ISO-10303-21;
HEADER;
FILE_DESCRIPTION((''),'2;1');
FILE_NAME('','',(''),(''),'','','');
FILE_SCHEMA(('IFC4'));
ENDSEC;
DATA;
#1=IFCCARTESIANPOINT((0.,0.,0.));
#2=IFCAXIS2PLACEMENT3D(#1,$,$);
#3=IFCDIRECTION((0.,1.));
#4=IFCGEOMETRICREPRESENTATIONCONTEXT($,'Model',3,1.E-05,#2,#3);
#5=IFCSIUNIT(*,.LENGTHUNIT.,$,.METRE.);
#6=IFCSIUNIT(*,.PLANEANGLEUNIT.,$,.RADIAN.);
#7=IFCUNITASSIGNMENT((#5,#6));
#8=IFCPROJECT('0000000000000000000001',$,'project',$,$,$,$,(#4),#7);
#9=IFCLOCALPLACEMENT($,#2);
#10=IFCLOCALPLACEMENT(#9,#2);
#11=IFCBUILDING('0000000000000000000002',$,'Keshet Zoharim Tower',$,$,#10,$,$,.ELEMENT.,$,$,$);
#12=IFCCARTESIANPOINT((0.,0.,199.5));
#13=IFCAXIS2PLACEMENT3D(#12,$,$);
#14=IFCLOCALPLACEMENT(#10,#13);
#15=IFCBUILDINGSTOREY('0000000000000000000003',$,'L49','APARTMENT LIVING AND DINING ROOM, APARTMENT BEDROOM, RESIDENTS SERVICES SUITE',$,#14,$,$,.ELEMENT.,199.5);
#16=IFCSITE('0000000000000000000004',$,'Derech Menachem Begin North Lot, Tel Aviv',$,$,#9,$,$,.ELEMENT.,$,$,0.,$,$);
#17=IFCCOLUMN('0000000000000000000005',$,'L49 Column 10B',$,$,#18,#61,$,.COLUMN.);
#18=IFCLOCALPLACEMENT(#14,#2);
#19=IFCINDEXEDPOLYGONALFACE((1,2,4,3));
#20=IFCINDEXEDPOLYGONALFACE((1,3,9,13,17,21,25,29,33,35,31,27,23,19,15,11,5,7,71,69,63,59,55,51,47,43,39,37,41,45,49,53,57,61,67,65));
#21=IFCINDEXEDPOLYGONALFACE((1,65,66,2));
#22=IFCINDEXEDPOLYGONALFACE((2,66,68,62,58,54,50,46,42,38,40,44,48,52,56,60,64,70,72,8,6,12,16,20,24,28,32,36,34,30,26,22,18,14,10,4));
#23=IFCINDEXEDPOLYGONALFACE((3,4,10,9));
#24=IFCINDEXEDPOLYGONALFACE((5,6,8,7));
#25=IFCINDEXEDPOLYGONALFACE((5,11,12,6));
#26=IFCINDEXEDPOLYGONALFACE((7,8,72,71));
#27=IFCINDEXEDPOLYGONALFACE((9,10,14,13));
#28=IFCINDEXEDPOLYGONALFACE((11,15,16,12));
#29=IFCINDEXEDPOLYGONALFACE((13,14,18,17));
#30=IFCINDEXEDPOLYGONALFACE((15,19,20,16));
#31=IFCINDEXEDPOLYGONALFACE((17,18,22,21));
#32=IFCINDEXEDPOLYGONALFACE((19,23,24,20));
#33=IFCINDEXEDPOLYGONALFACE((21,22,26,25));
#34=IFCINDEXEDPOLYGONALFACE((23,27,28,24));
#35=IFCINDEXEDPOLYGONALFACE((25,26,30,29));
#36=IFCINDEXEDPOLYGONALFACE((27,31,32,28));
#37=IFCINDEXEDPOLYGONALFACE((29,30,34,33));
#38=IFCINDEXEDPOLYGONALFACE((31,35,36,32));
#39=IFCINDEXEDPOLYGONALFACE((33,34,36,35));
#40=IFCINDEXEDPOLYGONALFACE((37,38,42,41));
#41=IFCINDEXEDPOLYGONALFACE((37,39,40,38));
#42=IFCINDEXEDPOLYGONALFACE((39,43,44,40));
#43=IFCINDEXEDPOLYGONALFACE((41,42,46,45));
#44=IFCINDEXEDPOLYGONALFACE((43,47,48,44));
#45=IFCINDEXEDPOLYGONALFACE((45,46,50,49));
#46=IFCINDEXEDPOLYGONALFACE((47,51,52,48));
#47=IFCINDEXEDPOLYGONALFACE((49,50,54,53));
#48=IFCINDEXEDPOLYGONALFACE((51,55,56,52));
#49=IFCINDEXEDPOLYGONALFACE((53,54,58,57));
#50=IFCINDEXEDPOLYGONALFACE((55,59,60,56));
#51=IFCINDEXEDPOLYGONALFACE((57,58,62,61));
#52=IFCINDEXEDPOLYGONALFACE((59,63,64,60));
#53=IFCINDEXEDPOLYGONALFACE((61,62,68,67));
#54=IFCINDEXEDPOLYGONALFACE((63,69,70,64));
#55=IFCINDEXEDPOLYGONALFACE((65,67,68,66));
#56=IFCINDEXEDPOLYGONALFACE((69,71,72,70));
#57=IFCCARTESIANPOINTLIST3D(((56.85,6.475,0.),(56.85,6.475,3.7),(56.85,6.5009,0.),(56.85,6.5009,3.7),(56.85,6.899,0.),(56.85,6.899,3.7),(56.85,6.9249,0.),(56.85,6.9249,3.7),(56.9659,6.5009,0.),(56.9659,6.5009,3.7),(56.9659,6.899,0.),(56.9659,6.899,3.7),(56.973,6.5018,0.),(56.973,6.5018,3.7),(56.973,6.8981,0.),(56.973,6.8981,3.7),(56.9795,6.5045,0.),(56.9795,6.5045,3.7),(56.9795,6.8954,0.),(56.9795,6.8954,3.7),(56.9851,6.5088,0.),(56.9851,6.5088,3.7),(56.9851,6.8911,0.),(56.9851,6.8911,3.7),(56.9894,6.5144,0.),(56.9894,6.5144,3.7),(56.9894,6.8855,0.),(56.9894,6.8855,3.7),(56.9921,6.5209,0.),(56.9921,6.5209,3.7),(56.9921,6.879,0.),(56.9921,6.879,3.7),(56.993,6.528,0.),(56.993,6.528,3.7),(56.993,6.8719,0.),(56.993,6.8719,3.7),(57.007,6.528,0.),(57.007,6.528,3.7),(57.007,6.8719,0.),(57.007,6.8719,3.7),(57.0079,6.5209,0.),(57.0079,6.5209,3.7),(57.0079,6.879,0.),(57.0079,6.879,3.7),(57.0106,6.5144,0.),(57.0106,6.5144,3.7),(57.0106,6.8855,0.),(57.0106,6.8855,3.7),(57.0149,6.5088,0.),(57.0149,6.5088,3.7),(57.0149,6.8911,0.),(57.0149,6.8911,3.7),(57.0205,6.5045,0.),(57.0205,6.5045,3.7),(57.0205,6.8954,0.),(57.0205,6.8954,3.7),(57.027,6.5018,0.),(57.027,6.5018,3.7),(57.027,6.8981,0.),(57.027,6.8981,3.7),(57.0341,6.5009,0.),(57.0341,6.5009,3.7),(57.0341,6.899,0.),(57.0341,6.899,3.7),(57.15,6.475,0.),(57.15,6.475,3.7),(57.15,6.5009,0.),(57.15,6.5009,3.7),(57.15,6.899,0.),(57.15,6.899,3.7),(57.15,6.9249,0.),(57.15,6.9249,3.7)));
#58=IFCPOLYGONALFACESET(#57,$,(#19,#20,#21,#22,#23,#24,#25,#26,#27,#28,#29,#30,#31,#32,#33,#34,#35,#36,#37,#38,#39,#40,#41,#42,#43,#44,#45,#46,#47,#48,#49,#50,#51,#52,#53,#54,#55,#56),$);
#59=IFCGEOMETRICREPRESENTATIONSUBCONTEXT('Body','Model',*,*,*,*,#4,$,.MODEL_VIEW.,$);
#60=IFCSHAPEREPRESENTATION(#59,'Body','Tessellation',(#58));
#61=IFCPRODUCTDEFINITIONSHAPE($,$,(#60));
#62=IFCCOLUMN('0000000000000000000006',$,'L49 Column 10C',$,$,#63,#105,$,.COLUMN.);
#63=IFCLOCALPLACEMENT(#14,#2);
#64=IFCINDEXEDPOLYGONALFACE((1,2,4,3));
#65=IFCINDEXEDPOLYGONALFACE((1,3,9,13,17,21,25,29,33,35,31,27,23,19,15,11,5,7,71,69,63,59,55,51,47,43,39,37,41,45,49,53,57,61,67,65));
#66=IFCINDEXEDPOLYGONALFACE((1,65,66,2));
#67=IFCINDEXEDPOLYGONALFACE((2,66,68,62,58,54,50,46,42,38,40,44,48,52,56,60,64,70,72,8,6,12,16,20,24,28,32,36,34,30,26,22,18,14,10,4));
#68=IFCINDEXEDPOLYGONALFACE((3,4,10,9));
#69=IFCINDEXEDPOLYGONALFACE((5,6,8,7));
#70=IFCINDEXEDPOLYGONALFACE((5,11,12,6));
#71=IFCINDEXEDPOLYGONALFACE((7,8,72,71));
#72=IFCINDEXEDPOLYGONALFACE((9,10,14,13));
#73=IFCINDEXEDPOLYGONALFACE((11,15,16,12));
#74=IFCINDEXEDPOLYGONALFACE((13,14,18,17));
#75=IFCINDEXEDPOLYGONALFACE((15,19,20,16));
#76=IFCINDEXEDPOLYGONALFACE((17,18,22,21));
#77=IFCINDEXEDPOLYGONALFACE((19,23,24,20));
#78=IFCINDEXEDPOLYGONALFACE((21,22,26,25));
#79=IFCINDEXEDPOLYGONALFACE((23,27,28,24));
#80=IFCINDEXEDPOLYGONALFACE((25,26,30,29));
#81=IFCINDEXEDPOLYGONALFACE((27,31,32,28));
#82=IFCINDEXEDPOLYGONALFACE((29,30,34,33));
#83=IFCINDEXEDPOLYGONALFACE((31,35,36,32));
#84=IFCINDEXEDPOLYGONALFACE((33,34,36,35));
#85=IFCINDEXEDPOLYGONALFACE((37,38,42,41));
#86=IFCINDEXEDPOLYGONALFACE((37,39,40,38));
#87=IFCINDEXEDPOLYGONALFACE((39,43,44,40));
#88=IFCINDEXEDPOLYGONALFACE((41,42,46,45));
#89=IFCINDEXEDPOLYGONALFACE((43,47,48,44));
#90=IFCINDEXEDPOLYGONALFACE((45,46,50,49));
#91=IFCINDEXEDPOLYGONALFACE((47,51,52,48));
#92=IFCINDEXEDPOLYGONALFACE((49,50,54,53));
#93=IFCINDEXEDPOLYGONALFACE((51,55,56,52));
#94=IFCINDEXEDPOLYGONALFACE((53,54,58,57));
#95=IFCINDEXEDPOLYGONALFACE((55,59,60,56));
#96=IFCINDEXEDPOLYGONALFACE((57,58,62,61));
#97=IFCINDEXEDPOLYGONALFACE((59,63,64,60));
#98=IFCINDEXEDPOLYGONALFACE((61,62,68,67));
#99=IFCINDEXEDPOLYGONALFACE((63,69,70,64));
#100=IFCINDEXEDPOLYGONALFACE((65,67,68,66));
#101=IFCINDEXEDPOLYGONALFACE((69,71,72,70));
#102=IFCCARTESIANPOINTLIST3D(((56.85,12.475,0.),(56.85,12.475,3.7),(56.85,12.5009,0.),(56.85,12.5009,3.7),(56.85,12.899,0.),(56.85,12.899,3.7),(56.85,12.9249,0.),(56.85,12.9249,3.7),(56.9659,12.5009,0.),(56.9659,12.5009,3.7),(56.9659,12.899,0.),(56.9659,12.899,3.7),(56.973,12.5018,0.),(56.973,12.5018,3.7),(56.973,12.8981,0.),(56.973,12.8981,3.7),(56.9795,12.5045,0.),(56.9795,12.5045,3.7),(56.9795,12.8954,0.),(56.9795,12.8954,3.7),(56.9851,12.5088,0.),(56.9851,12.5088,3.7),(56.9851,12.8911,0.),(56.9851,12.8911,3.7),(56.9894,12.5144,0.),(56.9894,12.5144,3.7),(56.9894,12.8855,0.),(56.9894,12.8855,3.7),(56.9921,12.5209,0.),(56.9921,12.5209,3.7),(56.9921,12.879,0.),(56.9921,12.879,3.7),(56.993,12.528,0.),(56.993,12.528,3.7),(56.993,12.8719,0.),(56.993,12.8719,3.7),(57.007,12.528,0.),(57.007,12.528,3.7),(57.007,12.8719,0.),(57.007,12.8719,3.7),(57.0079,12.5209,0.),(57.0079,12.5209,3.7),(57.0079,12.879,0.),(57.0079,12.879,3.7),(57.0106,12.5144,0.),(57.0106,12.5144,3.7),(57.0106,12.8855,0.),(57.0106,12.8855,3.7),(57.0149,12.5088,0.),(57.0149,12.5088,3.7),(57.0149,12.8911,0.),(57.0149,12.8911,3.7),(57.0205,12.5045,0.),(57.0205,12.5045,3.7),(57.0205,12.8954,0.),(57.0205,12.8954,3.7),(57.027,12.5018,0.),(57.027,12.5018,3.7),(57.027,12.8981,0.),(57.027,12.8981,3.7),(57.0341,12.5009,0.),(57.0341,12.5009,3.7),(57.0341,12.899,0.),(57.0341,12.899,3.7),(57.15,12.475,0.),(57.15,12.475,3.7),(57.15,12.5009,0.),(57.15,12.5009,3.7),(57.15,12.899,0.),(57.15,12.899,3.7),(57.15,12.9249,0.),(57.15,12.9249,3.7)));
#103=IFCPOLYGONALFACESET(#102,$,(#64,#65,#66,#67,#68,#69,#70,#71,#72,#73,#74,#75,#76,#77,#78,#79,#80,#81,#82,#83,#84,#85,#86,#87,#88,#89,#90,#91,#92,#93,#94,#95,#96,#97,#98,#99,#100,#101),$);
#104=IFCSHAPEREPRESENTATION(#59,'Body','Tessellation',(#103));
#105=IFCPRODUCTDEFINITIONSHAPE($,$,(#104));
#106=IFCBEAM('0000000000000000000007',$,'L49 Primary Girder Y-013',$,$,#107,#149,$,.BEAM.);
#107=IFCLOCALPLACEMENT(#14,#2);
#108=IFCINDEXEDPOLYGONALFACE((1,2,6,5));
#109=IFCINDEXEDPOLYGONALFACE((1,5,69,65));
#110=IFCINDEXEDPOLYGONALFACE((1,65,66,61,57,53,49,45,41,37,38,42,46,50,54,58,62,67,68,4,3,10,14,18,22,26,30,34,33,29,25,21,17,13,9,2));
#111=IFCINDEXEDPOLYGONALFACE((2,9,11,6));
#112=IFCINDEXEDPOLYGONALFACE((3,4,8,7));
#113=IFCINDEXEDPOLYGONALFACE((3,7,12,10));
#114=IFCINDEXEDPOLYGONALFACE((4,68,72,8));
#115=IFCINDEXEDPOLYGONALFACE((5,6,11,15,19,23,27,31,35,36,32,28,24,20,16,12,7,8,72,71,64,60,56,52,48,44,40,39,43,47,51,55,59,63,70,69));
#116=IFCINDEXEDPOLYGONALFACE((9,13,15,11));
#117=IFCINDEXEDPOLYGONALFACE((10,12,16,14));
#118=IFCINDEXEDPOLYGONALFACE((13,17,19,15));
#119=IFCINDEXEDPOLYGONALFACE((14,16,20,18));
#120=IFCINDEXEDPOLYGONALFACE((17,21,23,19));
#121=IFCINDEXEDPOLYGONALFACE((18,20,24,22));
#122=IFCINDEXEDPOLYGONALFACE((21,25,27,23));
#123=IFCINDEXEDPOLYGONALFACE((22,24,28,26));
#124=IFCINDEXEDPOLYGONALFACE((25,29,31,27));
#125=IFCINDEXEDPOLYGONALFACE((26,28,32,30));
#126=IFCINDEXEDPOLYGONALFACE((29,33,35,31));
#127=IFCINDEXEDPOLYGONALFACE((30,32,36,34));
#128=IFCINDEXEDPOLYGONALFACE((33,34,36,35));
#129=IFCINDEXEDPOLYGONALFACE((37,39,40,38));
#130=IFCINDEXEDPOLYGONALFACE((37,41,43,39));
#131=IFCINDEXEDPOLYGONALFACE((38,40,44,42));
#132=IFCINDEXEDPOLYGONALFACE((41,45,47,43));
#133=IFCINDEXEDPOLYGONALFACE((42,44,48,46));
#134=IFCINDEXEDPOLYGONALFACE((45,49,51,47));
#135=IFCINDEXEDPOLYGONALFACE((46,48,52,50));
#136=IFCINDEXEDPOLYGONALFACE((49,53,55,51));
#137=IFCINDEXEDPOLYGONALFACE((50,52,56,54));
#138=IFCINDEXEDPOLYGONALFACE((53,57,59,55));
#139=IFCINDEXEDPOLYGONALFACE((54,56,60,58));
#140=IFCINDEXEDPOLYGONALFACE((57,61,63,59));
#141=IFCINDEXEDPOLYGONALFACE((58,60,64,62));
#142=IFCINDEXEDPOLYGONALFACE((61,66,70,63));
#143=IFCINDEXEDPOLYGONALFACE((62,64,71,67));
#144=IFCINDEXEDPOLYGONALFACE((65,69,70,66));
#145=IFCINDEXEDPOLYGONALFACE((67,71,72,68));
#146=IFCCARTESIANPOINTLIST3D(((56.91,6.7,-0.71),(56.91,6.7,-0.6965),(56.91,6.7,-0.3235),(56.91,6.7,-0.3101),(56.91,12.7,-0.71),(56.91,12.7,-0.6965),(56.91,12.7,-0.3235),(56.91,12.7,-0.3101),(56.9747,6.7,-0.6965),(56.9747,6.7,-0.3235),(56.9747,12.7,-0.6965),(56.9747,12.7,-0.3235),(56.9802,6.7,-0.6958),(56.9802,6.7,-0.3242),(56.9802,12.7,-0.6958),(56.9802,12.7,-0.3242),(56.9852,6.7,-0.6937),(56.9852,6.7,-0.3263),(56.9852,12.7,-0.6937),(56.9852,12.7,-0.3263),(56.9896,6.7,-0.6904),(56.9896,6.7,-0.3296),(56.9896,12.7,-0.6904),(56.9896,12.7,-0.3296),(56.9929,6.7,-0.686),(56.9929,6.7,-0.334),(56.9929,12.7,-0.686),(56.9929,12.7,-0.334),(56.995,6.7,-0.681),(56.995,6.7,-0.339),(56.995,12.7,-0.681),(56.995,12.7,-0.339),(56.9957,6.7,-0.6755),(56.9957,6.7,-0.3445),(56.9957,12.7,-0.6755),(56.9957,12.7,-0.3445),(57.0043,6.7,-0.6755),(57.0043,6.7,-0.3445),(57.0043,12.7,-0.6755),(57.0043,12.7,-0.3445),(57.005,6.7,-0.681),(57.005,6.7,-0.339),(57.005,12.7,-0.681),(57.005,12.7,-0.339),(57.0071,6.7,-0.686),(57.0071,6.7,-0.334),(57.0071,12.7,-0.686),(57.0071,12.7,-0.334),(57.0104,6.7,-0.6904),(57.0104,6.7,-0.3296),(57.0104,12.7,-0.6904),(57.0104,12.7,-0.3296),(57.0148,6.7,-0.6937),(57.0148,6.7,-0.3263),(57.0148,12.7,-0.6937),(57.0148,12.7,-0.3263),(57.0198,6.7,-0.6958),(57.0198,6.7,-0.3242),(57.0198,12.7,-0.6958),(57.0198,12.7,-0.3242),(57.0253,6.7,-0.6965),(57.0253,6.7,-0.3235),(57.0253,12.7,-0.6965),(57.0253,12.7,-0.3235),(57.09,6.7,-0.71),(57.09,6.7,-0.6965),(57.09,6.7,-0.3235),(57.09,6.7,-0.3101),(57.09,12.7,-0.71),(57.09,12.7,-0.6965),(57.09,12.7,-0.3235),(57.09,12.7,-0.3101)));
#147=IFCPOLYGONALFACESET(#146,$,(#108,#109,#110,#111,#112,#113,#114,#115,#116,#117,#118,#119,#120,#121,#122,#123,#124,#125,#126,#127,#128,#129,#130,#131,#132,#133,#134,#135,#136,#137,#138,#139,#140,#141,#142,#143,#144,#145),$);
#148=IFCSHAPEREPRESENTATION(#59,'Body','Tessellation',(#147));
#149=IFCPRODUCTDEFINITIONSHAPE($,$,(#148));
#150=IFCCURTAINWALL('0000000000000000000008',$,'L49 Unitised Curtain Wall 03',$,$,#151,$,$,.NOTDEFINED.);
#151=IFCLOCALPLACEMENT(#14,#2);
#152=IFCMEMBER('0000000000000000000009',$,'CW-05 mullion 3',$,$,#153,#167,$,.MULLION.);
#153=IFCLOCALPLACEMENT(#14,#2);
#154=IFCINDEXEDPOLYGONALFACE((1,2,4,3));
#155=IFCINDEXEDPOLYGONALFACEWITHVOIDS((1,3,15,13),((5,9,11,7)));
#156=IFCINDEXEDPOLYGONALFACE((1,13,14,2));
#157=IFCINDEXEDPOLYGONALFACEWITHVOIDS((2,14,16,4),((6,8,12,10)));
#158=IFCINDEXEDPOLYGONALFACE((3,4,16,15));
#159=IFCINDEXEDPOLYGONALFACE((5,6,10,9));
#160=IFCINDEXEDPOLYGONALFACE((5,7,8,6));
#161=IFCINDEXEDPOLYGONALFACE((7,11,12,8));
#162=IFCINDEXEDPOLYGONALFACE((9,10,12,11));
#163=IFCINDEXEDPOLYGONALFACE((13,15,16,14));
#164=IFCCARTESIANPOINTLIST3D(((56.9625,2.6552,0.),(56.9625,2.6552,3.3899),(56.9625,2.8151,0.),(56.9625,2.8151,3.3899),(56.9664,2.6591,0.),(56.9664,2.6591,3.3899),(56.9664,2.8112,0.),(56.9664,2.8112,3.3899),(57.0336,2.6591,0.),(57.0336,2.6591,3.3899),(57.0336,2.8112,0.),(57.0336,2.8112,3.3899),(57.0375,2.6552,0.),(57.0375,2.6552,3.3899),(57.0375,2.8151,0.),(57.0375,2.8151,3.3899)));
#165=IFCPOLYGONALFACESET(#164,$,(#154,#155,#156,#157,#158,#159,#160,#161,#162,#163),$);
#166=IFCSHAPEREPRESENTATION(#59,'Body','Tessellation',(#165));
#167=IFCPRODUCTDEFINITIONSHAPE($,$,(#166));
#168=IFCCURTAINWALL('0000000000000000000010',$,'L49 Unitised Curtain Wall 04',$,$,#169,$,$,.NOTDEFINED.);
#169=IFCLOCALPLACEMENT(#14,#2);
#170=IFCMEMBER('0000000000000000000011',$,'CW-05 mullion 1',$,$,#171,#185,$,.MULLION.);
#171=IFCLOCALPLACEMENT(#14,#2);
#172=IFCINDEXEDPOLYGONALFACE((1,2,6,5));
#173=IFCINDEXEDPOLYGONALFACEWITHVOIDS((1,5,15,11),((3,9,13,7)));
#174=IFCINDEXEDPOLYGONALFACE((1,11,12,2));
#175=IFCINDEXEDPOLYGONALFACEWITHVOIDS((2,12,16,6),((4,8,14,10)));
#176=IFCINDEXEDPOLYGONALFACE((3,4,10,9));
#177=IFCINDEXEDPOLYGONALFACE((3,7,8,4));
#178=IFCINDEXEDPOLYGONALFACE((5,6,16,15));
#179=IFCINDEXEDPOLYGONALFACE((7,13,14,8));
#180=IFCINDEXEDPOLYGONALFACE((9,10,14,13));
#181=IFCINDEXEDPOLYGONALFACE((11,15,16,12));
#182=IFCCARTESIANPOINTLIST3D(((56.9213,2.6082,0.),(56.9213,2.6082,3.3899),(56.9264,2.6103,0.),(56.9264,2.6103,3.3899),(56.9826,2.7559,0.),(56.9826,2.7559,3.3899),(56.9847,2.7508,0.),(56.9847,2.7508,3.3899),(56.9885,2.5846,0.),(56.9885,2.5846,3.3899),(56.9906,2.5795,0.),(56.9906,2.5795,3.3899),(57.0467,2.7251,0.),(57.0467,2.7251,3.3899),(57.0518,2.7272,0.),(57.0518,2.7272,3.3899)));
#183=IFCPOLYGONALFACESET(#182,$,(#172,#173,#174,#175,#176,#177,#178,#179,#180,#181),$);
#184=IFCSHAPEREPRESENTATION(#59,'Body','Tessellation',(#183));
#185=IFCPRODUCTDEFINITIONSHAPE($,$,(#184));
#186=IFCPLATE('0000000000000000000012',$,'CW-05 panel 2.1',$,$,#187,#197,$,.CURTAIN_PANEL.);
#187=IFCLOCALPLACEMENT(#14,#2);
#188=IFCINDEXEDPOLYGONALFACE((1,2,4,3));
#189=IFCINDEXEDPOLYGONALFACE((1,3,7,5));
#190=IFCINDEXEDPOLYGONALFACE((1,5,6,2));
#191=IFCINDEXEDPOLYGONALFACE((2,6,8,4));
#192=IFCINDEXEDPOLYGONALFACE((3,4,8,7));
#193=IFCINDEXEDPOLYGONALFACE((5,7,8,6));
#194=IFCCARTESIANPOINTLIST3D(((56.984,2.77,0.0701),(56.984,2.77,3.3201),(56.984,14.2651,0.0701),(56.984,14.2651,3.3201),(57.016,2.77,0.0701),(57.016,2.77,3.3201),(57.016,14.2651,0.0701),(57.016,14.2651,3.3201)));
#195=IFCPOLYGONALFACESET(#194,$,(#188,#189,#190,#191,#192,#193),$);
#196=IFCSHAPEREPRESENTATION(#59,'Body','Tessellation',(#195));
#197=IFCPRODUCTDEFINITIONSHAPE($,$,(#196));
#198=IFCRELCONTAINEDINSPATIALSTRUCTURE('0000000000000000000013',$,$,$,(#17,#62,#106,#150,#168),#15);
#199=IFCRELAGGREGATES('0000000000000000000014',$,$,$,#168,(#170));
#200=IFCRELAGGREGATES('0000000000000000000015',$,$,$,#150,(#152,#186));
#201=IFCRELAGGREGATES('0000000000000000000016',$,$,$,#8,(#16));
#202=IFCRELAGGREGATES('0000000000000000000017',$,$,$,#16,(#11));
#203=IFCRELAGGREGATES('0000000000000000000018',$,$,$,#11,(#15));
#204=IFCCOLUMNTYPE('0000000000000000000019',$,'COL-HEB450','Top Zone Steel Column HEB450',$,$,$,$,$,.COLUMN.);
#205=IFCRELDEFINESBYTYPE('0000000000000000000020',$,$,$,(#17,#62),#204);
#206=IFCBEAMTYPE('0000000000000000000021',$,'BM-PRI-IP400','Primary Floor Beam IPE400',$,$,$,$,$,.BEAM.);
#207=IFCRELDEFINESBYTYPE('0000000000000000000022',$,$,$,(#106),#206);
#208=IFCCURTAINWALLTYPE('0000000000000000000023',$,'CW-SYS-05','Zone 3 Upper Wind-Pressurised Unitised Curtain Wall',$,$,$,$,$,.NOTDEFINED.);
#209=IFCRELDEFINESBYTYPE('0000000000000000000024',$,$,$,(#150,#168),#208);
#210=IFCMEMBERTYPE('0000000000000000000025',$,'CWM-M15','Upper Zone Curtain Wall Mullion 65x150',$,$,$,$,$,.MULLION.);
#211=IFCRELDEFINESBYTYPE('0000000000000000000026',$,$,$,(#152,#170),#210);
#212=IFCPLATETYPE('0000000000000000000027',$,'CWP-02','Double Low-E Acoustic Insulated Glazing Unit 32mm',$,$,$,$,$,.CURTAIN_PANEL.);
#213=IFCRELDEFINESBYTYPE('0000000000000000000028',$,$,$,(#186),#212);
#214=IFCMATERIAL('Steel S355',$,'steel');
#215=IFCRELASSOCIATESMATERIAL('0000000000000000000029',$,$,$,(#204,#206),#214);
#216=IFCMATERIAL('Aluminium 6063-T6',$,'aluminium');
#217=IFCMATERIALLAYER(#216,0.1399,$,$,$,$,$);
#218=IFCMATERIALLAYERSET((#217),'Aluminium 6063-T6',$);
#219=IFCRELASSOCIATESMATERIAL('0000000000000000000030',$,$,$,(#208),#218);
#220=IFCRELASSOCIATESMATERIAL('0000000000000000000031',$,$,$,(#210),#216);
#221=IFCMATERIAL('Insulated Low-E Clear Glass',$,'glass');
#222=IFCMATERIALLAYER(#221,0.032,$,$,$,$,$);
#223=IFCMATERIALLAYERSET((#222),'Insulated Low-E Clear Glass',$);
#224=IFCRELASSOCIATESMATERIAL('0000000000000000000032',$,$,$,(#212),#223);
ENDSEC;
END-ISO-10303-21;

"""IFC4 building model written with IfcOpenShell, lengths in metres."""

from ifc_helpers import new_model, si_unit, direction, frame, origin, origin_2d, place, context, subcontext, project, spatial, rectangle, hollow_rectangle, i_section, extrude, material, layer, layer_set, material_profile, profile_set, type_object, element, aggregate, save


model = new_model("IFC4")

# Units and contexts
model_context = context("Model", 3, precision=1e-05, world=origin(), true_north=direction((0.0, 1.0)))
body_context = subcontext(model_context, "Body", "Model", "MODEL_VIEW")
ifc_project = project(units=[si_unit("LENGTHUNIT", "METRE"), si_unit("PLANEANGLEUNIT", "RADIAN")], contexts=[model_context])

# Site, building, storey
site_placement = place(None, origin())
site = spatial("IfcSite", under=ifc_project, at=site_placement, Name="Derech Menachem Begin North Lot, Tel Aviv", CompositionType="ELEMENT", RefElevation=0.0)
building_placement = place(site_placement, origin())
building = spatial("IfcBuilding", under=site, at=building_placement, Name="Keshet Zoharim Tower", CompositionType="ELEMENT")
storey_placement = place(building_placement, frame((0.0, 0.0, 199.5)))
storey = spatial("IfcBuildingStorey", under=building, at=storey_placement, Name="L49", Description="APARTMENT LIVING AND DINING ROOM, APARTMENT BEDROOM, RESIDENTS SERVICES SUITE", CompositionType="ELEMENT", Elevation=199.5)

# Columns
ifc_material_1 = material(Name="Steel S355", Category="steel")
ifc_material_profile_1 = material_profile(ifc_material_1, i_section(OverallWidth=0.3, OverallDepth=0.45, WebThickness=0.0139, FlangeThickness=0.0259, FilletRadius=0.0271, at=origin_2d()), Name="HEB450")
ifc_profile_set_1 = profile_set([ifc_material_profile_1], Name="Steel S355")
column_type = type_object("IfcColumnType", Name="COL-HEB450", Description="Top Zone Steel Column HEB450", PredefinedType="COLUMN", material=ifc_profile_set_1)
for number, where, z_axis, x_axis, name in (
    (1, (57.0, 6.7, 0.0), (0.0, 0.0, 1.0), (1.0, 0.0, 0.0), "L49 Column 10B"),
    (2, (57.0, 12.7, 0.0), (0.0, 0.0, 1.0), (1.0, 0.0, 0.0), "L49 Column 10C"),
):
    element("IfcColumn", number, at=place(storey_placement, frame(where, z_axis=z_axis, x_axis=x_axis)), inside=storey, type_object=column_type, Name=name, PredefinedType="COLUMN", context=body_context, shape_type="SweptSolid", body=[
        extrude(i_section(OverallWidth=0.3, OverallDepth=0.45, WebThickness=0.0139, FlangeThickness=0.0259, FilletRadius=0.0271, at=origin_2d()), origin(), (0.0, 0.0, 1.0), 3.7),
    ])

# Beam
ifc_material_profile_2 = material_profile(ifc_material_1, i_section(OverallWidth=0.1799, OverallDepth=0.3999, WebThickness=0.0085, FlangeThickness=0.0134, FilletRadius=0.021, at=origin_2d()), Name="IPE400")
ifc_profile_set_2 = profile_set([ifc_material_profile_2], Name="Steel S355")
beam_type = type_object("IfcBeamType", Name="BM-PRI-IP400", Description="Primary Floor Beam IPE400", PredefinedType="BEAM", material=ifc_profile_set_2)
beam_placement = place(storey_placement, frame((57.0, 6.7, -0.51), z_axis=(0.0, 1.0, 0.0), x_axis=(-1.0, 0.0, 0.0)))
element("IfcBeam", 3, at=beam_placement, inside=storey, type_object=beam_type, Name="L49 Primary Girder Y-013", PredefinedType="BEAM", context=body_context, shape_type="SweptSolid", body=[
    extrude(i_section(OverallWidth=0.1799, OverallDepth=0.3999, WebThickness=0.0085, FlangeThickness=0.0134, FilletRadius=0.021, at=origin_2d()), origin(), (0.0, 0.0, 1.0), 6.0),
])

# Curtain walls, members
ifc_material_2 = material(Name="Aluminium 6063-T6", Category="aluminium")
ifc_layer_1 = layer(ifc_material_2, 0.1399)
ifc_layer_set_1 = layer_set([ifc_layer_1], Name="Aluminium 6063-T6")
curtain_wall_type = type_object("IfcCurtainWallType", Name="CW-SYS-05", Description="Zone 3 Upper Wind-Pressurised Unitised Curtain Wall", PredefinedType="NOTDEFINED", material=ifc_layer_set_1)
curtain_wall_1_placement = place(storey_placement, origin())
curtain_wall_1 = element("IfcCurtainWall", 4, at=curtain_wall_1_placement, inside=storey, type_object=curtain_wall_type, Name="L49 Unitised Curtain Wall 03", PredefinedType="NOTDEFINED")
ifc_material_profile_3 = material_profile(ifc_material_2, hollow_rectangle(XDim=0.075, YDim=0.1599, WallThickness=0.0039, at=origin_2d()), Name="MUL-75x160")
ifc_profile_set_3 = profile_set([ifc_material_profile_3], Name="Aluminium 6063-T6")
member_type = type_object("IfcMemberType", Name="CWM-M15", Description="Upper Zone Curtain Wall Mullion 65x150", PredefinedType="MULLION", material=ifc_profile_set_3)
member_1_placement = place(storey_placement, frame((57.0, 2.7351, 0.0), z_axis=(0.0, 0.0, 1.0), x_axis=(1.0, 0.0, 0.0)))
member_1 = element("IfcMember", 5, at=member_1_placement, type_object=member_type, Name="CW-05 mullion 3", PredefinedType="MULLION", context=body_context, shape_type="SweptSolid", body=[
    extrude(hollow_rectangle(XDim=0.075, YDim=0.1599, WallThickness=0.0039, at=origin_2d()), origin(), (0.0, 0.0, 1.0), 3.3899),
])
curtain_wall_2_placement = place(storey_placement, origin())
curtain_wall_2 = element("IfcCurtainWall", 6, at=curtain_wall_2_placement, inside=storey, type_object=curtain_wall_type, Name="L49 Unitised Curtain Wall 04", PredefinedType="NOTDEFINED")
member_2_placement = place(storey_placement, frame((56.9866, 2.6677, 0.0), z_axis=(0.0, 0.0, 1.0), x_axis=(0.92381, -0.382852, 0.0)))
member_2 = element("IfcMember", 7, at=member_2_placement, type_object=member_type, Name="CW-05 mullion 1", PredefinedType="MULLION", context=body_context, shape_type="SweptSolid", body=[
    extrude(hollow_rectangle(XDim=0.075, YDim=0.1599, WallThickness=0.0039, at=origin_2d()), origin(), (0.0, 0.0, 1.0), 3.3899),
])
aggregate(curtain_wall_2, [member_2])

# Plate
ifc_material_3 = material(Name="Insulated Low-E Clear Glass", Category="glass")
ifc_layer_2 = layer(ifc_material_3, 0.032)
ifc_layer_set_2 = layer_set([ifc_layer_2], Name="Insulated Low-E Clear Glass")
plate_type = type_object("IfcPlateType", Name="CWP-02", Description="Double Low-E Acoustic Insulated Glazing Unit 32mm", PredefinedType="CURTAIN_PANEL", material=ifc_layer_set_2)
plate_placement = place(storey_placement, frame((57.0, 8.5176, 0.0701), z_axis=(0.0, 0.0, 1.0), x_axis=(0.0, -1.0, 0.0)))
plate = element("IfcPlate", 8, at=plate_placement, type_object=plate_type, Name="CW-05 panel 2.1", PredefinedType="CURTAIN_PANEL", context=body_context, shape_type="SweptSolid", body=[
    extrude(rectangle(XDim=11.4951, YDim=0.032, at=origin_2d()), origin(), (0.0, 0.0, 1.0), 3.25),
])
aggregate(curtain_wall_1, [member_1, plate])

save(model, "model.ifc")
